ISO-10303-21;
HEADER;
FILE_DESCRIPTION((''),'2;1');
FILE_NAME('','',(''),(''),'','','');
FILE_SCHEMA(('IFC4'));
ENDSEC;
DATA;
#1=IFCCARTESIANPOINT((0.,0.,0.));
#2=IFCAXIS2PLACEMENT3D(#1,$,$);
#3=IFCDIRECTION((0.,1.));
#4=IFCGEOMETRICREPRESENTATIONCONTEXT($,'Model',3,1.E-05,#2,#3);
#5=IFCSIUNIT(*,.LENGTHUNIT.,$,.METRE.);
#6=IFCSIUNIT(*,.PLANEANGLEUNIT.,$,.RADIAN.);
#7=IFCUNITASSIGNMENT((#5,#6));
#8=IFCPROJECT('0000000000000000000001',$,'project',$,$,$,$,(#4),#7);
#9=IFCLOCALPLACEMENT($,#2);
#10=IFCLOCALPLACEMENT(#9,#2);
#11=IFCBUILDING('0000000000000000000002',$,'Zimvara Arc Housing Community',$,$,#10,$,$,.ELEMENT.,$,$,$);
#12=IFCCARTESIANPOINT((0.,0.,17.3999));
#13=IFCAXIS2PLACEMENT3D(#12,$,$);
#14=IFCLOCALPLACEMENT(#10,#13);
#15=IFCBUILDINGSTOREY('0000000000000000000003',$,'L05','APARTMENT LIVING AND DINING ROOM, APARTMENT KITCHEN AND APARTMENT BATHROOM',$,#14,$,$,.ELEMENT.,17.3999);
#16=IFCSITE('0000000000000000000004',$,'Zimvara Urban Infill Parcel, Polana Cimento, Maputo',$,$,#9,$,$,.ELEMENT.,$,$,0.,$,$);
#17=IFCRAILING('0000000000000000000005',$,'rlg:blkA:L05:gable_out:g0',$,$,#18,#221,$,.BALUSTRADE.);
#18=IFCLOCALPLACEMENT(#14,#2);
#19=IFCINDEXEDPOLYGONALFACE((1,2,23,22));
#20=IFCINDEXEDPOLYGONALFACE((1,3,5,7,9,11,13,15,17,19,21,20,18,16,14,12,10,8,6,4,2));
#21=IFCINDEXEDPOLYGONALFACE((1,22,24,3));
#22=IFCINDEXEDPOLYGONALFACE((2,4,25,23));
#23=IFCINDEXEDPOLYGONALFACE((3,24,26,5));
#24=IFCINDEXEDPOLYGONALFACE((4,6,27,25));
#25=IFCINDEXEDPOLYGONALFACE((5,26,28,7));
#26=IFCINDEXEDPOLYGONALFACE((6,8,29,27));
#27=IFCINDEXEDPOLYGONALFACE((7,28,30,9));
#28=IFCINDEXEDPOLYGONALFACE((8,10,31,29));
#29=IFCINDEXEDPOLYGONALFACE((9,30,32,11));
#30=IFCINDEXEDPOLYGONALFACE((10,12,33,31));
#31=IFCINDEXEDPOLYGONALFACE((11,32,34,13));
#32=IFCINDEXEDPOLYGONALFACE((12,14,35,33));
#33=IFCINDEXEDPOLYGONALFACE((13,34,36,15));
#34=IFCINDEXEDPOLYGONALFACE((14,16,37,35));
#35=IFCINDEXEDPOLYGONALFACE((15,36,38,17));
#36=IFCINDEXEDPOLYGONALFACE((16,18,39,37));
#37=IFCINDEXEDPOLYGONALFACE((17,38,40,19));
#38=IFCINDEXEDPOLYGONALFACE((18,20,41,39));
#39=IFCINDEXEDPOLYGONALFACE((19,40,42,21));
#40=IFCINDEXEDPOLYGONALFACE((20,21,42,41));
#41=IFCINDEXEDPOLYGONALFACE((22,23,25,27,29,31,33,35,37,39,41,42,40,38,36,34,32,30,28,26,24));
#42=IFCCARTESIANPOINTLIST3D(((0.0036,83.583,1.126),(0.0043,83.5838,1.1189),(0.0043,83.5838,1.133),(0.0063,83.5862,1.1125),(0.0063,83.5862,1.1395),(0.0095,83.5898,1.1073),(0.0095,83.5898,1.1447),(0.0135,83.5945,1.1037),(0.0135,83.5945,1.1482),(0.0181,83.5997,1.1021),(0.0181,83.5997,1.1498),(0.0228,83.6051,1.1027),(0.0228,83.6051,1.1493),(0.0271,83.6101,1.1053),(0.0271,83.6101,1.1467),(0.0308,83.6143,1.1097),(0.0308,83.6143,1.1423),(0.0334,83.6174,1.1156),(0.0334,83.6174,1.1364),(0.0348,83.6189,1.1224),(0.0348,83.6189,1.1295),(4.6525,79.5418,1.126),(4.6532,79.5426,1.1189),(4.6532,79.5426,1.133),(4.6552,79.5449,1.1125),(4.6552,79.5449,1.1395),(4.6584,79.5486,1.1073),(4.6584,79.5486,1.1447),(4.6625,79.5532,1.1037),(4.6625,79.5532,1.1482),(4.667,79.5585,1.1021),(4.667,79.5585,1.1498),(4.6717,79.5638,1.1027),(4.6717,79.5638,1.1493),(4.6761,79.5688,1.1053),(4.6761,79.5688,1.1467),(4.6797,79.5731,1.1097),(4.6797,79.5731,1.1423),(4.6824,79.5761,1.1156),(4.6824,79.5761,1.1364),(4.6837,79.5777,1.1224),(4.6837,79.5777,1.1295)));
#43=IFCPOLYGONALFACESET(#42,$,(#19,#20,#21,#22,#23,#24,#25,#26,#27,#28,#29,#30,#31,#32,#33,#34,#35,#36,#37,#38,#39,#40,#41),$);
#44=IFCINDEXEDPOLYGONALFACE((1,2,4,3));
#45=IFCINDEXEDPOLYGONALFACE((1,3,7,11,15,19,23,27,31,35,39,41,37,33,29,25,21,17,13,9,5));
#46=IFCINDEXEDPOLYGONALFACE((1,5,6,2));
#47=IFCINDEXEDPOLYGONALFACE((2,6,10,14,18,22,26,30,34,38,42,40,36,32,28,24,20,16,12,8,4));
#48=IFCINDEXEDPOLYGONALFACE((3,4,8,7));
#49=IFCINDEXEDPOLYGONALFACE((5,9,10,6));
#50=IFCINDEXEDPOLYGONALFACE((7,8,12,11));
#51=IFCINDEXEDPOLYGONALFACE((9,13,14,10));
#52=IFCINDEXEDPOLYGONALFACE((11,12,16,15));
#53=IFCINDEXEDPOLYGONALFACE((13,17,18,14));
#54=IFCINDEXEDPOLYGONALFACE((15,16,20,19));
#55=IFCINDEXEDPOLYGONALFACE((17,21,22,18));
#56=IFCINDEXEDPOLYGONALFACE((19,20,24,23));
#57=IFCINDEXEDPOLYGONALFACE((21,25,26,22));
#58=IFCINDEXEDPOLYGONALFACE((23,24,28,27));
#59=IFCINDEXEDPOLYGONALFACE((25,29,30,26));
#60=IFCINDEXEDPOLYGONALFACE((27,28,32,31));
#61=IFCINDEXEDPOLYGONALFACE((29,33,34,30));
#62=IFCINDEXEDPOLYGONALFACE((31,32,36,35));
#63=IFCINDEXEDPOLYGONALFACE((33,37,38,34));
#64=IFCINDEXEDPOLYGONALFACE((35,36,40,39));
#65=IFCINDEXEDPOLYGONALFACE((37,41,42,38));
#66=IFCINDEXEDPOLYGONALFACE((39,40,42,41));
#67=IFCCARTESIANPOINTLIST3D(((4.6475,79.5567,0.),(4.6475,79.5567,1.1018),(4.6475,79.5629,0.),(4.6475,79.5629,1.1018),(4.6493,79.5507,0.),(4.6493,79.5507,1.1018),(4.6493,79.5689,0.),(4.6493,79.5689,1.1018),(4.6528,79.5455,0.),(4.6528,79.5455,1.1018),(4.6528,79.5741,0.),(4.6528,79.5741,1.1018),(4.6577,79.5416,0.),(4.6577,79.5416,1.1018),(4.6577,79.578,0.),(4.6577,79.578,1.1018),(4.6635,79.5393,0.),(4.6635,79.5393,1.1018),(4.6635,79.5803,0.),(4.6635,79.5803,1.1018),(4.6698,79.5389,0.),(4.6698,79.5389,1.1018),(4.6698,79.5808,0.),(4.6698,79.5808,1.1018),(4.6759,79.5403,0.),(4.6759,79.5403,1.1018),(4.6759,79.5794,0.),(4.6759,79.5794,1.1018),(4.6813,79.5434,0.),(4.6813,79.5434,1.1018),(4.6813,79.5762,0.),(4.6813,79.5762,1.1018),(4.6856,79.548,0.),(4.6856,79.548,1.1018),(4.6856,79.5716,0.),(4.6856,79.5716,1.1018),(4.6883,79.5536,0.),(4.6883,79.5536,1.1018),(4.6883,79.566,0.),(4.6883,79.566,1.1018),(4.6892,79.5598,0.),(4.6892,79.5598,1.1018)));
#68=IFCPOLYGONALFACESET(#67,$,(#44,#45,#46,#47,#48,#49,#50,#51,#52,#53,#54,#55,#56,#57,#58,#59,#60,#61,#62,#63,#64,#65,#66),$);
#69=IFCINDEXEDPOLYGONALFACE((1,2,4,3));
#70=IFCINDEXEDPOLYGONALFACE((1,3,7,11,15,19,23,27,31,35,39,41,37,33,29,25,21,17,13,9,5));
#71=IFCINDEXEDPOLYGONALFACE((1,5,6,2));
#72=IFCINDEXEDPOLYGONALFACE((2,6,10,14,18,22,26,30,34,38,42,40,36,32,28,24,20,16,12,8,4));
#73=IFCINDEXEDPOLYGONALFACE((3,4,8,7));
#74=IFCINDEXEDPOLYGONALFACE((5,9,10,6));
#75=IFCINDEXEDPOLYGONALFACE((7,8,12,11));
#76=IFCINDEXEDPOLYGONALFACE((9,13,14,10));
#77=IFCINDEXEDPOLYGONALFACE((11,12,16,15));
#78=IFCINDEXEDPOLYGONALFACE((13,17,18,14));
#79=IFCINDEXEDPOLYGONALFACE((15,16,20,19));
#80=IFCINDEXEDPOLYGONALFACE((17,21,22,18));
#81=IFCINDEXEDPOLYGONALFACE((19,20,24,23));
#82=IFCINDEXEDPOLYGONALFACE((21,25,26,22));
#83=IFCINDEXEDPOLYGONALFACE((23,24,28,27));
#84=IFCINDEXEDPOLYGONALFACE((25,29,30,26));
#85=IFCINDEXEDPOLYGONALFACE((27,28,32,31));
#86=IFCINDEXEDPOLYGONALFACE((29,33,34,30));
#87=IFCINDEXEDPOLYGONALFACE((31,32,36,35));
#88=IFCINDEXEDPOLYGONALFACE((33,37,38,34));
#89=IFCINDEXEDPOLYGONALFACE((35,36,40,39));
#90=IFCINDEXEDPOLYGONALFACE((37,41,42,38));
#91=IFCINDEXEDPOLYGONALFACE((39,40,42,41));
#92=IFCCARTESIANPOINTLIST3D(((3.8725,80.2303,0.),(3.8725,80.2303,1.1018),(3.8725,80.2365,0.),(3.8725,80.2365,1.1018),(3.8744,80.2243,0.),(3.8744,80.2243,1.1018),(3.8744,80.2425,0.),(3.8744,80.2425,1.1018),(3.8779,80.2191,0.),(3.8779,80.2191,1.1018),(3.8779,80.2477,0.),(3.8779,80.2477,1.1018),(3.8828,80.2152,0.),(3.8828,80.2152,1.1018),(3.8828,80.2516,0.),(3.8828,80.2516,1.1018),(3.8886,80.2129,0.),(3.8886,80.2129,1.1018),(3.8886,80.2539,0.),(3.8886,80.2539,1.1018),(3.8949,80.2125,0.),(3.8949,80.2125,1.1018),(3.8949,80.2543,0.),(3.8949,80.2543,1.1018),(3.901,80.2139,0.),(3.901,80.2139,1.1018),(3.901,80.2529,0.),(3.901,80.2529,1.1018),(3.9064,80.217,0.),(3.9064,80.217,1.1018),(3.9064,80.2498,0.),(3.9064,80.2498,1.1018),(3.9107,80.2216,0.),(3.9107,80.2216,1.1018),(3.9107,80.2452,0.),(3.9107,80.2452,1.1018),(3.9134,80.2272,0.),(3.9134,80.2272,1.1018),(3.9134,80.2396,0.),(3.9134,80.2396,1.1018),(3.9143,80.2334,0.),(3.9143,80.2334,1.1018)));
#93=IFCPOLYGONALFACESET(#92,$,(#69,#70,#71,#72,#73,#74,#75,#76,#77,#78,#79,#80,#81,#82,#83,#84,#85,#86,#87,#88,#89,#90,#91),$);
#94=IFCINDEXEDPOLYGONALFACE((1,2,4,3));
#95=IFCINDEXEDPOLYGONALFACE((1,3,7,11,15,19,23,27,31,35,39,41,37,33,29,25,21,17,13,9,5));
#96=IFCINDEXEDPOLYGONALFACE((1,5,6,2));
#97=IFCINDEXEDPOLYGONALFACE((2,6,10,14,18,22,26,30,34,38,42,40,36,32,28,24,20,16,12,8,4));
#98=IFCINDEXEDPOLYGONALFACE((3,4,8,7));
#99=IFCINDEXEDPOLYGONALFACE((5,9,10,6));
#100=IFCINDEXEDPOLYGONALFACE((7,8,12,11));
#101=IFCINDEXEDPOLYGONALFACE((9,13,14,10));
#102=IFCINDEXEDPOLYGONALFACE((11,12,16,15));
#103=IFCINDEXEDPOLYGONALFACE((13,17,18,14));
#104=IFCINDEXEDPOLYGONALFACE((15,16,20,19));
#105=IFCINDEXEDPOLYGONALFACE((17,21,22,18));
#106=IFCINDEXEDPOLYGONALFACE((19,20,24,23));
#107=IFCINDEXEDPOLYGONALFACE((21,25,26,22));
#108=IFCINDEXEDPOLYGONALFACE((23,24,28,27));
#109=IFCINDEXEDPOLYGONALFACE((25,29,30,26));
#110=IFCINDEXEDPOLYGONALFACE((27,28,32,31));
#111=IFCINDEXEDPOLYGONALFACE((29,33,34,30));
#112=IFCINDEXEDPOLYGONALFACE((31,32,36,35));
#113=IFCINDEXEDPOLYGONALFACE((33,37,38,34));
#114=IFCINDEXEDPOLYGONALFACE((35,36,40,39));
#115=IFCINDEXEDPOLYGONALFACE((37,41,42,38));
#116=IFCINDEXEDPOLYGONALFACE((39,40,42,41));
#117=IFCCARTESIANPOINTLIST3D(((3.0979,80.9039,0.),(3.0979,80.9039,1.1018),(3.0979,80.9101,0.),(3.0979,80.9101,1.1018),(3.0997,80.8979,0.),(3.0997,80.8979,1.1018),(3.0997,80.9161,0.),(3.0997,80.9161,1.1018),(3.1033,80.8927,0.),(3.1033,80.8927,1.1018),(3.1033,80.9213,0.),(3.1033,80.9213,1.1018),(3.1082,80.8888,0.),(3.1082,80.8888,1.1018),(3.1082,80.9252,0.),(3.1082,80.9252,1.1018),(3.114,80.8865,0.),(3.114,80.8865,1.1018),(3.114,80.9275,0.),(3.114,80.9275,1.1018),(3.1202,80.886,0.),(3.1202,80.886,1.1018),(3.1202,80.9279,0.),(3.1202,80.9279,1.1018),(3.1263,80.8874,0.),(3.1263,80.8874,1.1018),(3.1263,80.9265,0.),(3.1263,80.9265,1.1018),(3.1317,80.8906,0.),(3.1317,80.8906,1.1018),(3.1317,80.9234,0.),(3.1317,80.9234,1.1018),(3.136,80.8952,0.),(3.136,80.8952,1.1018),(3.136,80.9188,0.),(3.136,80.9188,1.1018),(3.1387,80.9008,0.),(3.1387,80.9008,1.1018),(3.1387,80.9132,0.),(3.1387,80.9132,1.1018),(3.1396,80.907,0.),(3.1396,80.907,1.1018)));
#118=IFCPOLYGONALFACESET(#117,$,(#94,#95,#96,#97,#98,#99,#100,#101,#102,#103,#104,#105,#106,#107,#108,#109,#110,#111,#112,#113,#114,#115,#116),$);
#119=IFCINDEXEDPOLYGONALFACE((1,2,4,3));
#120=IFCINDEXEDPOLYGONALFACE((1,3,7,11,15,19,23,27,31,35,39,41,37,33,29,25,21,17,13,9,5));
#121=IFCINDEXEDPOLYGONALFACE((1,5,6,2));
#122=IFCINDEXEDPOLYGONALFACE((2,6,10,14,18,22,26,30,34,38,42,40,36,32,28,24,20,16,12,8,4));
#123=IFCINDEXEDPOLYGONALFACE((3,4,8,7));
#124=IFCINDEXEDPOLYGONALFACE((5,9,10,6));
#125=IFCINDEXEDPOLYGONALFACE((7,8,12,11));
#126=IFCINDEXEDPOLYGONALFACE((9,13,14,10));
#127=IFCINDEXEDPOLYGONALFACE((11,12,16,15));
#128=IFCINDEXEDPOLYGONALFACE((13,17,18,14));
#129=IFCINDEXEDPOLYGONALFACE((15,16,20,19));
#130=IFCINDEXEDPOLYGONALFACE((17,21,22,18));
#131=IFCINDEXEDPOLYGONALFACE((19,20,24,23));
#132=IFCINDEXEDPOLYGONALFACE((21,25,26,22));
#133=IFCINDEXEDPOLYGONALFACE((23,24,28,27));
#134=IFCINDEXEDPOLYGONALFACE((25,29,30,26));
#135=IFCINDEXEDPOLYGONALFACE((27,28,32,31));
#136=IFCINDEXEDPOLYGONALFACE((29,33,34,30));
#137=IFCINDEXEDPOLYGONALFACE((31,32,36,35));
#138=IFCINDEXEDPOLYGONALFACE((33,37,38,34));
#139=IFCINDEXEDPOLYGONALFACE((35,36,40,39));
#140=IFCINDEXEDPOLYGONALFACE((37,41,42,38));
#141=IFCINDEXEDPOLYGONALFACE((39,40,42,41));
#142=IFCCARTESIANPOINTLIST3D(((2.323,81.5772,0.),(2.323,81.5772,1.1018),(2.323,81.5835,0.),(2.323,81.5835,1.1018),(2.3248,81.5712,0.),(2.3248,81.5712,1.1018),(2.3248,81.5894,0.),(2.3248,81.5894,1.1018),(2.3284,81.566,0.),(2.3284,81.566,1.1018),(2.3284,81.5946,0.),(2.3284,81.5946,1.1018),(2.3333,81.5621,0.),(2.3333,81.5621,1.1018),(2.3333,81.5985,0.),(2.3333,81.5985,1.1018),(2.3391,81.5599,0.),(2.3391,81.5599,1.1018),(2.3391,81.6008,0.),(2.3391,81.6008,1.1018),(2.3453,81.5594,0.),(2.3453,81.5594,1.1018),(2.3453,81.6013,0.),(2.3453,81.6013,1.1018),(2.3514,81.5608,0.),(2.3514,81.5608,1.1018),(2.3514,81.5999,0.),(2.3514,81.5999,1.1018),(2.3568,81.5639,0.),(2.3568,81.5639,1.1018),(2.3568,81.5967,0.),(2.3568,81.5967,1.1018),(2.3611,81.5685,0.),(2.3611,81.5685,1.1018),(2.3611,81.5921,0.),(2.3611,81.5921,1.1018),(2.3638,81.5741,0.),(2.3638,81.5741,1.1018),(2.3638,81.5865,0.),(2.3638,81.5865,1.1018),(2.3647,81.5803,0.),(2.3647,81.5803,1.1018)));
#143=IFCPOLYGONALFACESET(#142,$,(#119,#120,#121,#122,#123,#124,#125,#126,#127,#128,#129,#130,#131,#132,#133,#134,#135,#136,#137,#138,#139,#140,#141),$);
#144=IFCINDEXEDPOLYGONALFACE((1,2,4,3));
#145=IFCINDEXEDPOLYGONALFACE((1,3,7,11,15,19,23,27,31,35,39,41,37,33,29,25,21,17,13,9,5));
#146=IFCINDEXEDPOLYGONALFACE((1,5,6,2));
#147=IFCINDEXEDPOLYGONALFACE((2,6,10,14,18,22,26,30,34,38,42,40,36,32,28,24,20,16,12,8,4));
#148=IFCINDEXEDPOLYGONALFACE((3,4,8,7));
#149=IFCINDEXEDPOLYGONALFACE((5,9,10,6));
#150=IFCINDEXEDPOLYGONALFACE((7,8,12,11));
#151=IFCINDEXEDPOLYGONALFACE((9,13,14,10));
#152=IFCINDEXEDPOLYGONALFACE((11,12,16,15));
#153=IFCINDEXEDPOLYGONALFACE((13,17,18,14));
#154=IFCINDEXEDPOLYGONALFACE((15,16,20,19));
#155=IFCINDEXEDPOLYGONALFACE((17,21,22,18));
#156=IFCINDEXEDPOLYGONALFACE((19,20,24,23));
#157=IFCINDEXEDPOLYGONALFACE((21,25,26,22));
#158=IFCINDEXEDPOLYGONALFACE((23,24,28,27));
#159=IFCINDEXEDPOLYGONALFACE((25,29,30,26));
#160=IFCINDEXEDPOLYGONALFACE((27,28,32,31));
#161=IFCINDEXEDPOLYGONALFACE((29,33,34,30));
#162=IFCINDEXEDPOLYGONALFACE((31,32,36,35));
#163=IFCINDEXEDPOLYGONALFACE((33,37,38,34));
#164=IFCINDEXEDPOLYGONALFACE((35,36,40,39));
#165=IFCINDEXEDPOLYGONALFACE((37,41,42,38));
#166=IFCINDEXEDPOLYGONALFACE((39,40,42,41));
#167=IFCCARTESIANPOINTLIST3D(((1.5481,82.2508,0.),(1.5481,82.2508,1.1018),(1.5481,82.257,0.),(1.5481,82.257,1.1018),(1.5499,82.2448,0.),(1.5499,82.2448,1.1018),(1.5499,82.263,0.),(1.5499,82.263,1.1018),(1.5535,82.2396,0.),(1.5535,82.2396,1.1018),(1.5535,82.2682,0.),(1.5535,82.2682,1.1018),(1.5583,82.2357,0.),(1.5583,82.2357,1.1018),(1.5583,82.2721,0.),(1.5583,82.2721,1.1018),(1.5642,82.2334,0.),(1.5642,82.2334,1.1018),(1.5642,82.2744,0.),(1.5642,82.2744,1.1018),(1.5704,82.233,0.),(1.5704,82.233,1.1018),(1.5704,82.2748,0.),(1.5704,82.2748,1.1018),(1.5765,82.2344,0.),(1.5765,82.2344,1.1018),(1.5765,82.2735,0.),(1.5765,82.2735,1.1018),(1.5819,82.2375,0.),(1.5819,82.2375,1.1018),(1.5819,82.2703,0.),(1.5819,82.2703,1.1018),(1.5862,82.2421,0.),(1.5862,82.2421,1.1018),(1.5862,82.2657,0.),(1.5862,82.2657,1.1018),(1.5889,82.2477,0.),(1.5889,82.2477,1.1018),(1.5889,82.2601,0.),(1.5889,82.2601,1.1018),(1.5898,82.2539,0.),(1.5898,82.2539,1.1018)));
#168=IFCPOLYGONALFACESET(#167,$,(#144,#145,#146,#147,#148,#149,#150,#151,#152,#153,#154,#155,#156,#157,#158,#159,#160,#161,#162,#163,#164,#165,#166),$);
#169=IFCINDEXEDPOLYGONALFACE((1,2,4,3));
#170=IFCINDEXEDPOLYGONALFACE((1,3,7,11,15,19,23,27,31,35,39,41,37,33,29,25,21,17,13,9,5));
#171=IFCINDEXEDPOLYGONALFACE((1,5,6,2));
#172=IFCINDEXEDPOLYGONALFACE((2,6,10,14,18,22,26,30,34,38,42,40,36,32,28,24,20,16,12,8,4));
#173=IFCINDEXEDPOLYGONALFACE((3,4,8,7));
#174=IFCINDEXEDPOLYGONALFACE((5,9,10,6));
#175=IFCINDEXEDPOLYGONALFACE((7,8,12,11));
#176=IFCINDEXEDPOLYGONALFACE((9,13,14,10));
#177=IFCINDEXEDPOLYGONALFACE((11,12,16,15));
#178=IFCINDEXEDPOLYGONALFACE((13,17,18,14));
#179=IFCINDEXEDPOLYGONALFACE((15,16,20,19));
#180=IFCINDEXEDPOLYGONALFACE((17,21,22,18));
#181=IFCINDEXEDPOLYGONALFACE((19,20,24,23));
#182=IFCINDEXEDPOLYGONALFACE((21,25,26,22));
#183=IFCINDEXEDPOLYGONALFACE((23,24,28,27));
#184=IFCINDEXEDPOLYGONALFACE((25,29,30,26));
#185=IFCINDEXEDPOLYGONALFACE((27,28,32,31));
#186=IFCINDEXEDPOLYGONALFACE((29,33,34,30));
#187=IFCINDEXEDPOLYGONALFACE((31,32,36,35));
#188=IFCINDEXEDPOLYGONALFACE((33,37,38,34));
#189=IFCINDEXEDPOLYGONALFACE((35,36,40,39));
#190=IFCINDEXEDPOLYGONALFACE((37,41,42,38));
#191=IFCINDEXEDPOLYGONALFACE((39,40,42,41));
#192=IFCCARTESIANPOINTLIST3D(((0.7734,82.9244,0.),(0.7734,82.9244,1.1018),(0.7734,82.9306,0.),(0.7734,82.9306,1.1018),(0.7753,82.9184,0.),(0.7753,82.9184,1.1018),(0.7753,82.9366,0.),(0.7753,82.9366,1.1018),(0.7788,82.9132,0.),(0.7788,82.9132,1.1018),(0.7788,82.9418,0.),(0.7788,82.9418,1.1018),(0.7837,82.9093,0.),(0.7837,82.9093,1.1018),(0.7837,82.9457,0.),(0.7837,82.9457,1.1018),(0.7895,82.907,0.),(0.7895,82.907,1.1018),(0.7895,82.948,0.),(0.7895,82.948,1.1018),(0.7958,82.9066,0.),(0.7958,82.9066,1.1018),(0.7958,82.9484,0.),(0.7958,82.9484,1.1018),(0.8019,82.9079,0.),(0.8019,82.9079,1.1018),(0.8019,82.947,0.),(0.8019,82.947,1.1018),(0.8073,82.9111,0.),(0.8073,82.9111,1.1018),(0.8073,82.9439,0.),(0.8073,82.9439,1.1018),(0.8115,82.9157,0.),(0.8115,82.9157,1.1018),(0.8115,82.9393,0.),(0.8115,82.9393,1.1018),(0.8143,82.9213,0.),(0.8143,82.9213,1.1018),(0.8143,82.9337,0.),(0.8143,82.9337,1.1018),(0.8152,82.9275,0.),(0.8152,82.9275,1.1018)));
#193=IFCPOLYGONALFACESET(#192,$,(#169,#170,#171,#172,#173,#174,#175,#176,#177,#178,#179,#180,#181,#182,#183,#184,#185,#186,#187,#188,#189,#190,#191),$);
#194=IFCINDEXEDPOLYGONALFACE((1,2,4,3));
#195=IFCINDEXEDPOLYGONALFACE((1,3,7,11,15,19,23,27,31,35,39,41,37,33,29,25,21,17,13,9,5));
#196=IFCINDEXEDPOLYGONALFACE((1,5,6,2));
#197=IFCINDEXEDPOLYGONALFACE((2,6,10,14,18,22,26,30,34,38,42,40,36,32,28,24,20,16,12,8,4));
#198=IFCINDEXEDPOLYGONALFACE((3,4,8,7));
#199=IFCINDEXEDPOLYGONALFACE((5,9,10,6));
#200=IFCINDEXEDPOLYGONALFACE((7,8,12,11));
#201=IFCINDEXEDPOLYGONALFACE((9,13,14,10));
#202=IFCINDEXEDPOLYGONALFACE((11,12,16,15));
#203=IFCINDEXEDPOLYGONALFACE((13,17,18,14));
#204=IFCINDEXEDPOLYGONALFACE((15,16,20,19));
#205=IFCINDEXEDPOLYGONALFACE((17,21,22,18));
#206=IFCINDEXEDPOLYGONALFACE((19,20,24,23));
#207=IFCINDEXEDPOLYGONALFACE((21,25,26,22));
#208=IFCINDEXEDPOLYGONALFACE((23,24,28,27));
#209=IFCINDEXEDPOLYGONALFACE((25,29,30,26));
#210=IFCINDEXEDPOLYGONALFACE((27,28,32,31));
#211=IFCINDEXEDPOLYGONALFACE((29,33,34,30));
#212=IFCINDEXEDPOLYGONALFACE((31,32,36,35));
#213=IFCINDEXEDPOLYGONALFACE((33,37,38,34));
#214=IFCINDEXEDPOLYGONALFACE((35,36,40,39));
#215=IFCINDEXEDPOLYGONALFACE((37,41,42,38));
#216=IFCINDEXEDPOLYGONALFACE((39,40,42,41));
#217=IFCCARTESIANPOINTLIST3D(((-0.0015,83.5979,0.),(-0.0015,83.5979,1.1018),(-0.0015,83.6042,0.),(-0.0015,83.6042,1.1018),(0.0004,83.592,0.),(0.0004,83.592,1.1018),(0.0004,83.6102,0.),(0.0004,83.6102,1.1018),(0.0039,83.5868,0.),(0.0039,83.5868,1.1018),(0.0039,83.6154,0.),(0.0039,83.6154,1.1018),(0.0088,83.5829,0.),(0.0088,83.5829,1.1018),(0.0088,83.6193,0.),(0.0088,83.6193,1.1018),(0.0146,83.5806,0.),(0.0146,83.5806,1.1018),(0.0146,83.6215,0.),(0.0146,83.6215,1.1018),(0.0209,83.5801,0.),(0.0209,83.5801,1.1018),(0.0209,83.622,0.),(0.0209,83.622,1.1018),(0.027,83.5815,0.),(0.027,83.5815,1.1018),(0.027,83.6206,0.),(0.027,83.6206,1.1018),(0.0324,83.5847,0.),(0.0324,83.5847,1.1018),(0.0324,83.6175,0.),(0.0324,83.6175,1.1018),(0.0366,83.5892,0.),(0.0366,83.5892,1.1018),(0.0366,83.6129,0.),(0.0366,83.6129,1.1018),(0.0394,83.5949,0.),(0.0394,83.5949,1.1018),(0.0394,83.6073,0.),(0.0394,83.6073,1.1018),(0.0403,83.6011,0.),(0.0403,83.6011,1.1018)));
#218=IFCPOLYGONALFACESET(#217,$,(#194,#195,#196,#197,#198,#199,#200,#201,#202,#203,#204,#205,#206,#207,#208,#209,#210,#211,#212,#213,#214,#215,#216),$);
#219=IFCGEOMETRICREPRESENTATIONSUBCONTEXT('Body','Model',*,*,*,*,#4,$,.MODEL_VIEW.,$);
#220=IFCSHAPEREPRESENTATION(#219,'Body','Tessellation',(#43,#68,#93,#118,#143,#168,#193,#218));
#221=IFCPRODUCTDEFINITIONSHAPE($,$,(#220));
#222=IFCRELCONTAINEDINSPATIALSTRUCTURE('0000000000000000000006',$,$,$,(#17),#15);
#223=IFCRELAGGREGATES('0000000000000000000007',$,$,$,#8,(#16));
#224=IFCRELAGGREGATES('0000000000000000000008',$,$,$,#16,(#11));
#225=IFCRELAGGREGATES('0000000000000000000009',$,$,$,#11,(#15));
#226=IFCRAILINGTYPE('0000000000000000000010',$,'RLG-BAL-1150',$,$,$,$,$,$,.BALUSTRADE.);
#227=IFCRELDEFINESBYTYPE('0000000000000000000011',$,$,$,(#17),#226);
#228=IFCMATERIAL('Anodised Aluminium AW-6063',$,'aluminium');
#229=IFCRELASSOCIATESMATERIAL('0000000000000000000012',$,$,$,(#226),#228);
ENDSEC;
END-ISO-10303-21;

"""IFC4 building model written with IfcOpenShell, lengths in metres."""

from ifc_helpers import new_model, si_unit, direction, frame, origin, origin_2d, place, context, subcontext, project, spatial, circle, extrude, material, type_object, element, save


model = new_model("IFC4")

# Units and contexts
model_context = context("Model", 3, precision=1e-05, world=origin(), true_north=direction((0.0, 1.0)))
body_context = subcontext(model_context, "Body", "Model", "MODEL_VIEW")
ifc_project = project(units=[si_unit("LENGTHUNIT", "METRE"), si_unit("PLANEANGLEUNIT", "RADIAN")], contexts=[model_context])

# Site, building, storey
site_placement = place(None, origin())
site = spatial("IfcSite", under=ifc_project, at=site_placement, Name="Zimvara Urban Infill Parcel, Polana Cimento, Maputo", CompositionType="ELEMENT", RefElevation=0.0)
building_placement = place(site_placement, origin())
building = spatial("IfcBuilding", under=site, at=building_placement, Name="Zimvara Arc Housing Community", CompositionType="ELEMENT")
storey_placement = place(building_placement, frame((0.0, 0.0, 17.3999)))
storey = spatial("IfcBuildingStorey", under=building, at=storey_placement, Name="L05", Description="APARTMENT LIVING AND DINING ROOM, APARTMENT KITCHEN AND APARTMENT BATHROOM", CompositionType="ELEMENT", Elevation=17.3999)

# Railing
ifc_material_1 = material(Name="Anodised Aluminium AW-6063", Category="aluminium")
railing_type = type_object("IfcRailingType", Name="RLG-BAL-1150", PredefinedType="BALUSTRADE", material=ifc_material_1)
railing_placement = place(storey_placement, frame((4.6682, 79.5598, 0.0)))
element("IfcRailing", 1, at=railing_placement, inside=storey, type_object=railing_type, Name="rlg:blkA:L05:gable_out:g0", PredefinedType="BALUSTRADE", context=body_context, shape_type="SweptSolid", body=[
    extrude(circle(Radius=0.0239, at=origin_2d()), frame((0.0, 0.0, 1.126), z_axis=(-0.754709, 0.65606, 0.0), x_axis=(-0.65606, -0.754709, 0.0)), (0.0, 0.0, 1.0), 6.1599),
    extrude(circle(Radius=0.021, at=origin_2d()), origin(), (0.0, 0.0, 1.0), 1.1018),
    extrude(circle(Radius=0.021, at=origin_2d()), frame((-0.7749, 0.6736, 0.0)), (0.0, 0.0, 1.0), 1.1018),
    extrude(circle(Radius=0.021, at=origin_2d()), frame((-1.5496, 1.3472, 0.0)), (0.0, 0.0, 1.0), 1.1018),
    extrude(circle(Radius=0.021, at=origin_2d()), frame((-2.3245, 2.0205, 0.0)), (0.0, 0.0, 1.0), 1.1018),
    extrude(circle(Radius=0.021, at=origin_2d()), frame((-3.0994, 2.6941, 0.0)), (0.0, 0.0, 1.0), 1.1018),
    extrude(circle(Radius=0.021, at=origin_2d()), frame((-3.874, 3.3677, 0.0)), (0.0, 0.0, 1.0), 1.1018),
    extrude(circle(Radius=0.021, at=origin_2d()), frame((-4.6489, 4.0413, 0.0)), (0.0, 0.0, 1.0), 1.1018),
])

save(model, "model.ifc")
